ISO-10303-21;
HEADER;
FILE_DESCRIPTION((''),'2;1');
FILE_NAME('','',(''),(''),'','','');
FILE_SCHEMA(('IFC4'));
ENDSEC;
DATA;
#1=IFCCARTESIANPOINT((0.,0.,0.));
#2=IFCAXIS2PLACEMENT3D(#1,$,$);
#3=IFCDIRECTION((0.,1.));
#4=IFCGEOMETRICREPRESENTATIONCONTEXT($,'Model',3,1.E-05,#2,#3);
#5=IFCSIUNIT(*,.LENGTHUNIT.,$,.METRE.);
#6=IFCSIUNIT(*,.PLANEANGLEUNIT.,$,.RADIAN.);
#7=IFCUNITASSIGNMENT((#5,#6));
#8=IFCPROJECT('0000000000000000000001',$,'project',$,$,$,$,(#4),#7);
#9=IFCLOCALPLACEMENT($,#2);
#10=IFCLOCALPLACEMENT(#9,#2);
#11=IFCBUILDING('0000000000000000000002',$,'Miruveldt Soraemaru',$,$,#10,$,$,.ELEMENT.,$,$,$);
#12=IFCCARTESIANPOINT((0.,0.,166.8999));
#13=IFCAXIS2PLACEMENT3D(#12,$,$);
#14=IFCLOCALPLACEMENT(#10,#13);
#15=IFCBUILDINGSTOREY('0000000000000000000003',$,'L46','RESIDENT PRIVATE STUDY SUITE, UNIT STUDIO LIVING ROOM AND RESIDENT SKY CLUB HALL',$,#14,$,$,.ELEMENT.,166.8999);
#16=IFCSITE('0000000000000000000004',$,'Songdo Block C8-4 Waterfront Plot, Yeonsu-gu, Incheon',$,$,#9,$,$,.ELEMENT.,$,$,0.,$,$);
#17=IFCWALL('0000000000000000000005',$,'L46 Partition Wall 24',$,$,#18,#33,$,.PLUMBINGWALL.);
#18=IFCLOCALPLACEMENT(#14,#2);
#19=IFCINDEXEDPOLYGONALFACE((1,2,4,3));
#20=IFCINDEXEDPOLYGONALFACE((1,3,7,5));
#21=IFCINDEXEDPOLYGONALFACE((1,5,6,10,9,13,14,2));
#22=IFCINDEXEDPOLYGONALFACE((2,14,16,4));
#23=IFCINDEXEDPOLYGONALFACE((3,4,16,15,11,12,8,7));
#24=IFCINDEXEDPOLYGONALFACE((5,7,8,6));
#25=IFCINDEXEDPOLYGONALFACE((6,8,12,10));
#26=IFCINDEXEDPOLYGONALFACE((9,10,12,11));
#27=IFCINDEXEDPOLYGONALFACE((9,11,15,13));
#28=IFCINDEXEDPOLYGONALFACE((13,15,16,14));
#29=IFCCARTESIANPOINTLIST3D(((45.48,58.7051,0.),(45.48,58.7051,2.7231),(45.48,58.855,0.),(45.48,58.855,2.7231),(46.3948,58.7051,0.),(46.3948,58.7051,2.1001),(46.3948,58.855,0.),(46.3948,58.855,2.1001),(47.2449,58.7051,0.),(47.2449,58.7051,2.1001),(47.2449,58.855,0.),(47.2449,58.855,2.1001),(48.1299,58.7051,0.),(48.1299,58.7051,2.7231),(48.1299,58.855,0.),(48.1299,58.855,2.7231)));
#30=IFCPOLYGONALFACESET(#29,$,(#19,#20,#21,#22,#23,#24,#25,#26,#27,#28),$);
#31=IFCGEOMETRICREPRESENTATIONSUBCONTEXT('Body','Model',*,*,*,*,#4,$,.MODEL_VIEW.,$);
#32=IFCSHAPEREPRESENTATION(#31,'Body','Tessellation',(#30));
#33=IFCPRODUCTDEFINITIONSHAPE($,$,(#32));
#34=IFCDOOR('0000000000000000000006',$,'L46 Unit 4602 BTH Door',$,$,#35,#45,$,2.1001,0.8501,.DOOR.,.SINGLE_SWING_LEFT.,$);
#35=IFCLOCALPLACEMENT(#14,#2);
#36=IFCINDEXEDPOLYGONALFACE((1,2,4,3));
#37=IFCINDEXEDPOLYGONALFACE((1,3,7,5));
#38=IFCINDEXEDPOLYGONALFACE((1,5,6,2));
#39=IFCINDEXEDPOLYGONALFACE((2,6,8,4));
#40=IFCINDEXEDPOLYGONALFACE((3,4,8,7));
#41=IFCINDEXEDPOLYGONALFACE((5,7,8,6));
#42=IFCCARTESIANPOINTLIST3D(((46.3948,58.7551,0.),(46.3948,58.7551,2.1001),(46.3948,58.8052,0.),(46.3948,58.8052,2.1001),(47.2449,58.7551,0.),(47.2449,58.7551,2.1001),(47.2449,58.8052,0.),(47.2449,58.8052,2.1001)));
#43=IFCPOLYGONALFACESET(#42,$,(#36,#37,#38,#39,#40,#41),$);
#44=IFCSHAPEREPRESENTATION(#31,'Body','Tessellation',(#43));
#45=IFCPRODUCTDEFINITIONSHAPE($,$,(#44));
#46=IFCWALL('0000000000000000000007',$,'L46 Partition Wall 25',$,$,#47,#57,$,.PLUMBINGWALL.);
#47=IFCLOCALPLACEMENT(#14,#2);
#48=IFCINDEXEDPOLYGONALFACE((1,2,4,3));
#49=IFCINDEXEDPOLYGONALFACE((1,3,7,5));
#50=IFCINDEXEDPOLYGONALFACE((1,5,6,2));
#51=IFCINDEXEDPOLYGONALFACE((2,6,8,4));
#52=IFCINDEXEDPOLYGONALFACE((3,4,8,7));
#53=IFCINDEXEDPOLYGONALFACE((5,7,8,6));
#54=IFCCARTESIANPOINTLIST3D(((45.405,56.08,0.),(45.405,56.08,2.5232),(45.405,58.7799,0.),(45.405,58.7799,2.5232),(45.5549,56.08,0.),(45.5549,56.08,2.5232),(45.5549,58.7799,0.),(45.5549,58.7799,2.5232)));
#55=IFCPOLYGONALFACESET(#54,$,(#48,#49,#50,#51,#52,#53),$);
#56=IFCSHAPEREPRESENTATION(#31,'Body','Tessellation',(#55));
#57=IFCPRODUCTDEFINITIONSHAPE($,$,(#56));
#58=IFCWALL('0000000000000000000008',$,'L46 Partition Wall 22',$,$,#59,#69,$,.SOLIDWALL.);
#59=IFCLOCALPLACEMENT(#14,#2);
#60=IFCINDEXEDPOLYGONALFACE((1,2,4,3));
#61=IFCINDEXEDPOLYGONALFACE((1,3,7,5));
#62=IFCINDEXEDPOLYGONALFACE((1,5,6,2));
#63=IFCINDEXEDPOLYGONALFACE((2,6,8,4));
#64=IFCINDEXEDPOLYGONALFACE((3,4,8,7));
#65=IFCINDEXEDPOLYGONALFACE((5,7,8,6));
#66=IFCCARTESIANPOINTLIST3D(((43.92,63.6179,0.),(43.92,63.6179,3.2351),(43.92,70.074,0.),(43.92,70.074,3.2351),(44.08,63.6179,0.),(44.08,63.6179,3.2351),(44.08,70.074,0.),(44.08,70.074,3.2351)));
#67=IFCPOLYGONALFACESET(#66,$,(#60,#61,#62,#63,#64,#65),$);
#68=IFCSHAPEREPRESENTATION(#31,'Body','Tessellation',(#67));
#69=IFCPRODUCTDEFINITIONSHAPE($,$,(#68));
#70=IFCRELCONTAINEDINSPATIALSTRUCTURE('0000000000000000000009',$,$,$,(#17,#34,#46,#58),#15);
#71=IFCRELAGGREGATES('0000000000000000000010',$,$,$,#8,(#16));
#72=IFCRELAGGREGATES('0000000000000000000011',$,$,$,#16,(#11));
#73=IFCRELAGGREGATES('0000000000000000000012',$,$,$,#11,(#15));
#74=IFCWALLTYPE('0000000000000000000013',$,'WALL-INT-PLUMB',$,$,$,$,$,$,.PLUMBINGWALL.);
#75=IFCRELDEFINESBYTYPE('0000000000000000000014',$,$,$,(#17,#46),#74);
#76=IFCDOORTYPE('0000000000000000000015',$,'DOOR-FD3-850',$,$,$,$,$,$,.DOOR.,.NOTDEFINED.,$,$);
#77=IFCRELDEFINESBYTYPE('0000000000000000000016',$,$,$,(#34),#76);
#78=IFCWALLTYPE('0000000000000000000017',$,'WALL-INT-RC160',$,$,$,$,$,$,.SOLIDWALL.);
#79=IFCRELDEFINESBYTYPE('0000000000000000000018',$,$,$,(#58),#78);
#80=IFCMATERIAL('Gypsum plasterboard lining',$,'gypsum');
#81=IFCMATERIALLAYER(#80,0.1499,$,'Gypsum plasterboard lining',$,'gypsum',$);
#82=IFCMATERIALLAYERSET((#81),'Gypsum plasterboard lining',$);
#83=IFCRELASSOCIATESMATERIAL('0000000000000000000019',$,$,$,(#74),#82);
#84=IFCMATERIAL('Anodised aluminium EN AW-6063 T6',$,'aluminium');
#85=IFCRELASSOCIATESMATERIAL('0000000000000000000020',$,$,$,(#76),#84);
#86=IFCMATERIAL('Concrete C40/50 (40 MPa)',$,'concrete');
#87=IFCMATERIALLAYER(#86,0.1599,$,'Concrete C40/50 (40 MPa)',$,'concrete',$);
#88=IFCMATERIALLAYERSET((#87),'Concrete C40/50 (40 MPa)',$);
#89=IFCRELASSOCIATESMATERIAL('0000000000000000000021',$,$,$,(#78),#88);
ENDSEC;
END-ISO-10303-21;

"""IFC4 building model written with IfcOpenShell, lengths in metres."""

from ifc_helpers import new_model, si_unit, direction, frame, frame_2d, origin, place, context, subcontext, project, spatial, rectangle, extrude, material, layer, layer_set, type_object, element, fill, save


model = new_model("IFC4")

# Units and contexts
model_context = context("Model", 3, precision=1e-05, world=origin(), true_north=direction((0.0, 1.0)))
body_context = subcontext(model_context, "Body", "Model", "MODEL_VIEW")
ifc_project = project(units=[si_unit("LENGTHUNIT", "METRE"), si_unit("PLANEANGLEUNIT", "RADIAN")], contexts=[model_context])

# Site, building, storey
site_placement = place(None, origin())
site = spatial("IfcSite", under=ifc_project, at=site_placement, Name="Songdo Block C8-4 Waterfront Plot, Yeonsu-gu, Incheon", CompositionType="ELEMENT", RefElevation=0.0)
building_placement = place(site_placement, origin())
building = spatial("IfcBuilding", under=site, at=building_placement, Name="Miruveldt Soraemaru", CompositionType="ELEMENT")
storey_placement = place(building_placement, frame((0.0, 0.0, 166.8999)))
storey = spatial("IfcBuildingStorey", under=building, at=storey_placement, Name="L46", Description="RESIDENT PRIVATE STUDY SUITE, UNIT STUDIO LIVING ROOM AND RESIDENT SKY CLUB HALL", CompositionType="ELEMENT", Elevation=166.8999)

# Shared definitions
ifc_material_1 = material(Name="Gypsum plasterboard lining", Category="gypsum")
ifc_material_2 = material(Name="Anodised aluminium EN AW-6063 T6", Category="aluminium")

# Wall, opening, door
ifc_layer_1 = layer(ifc_material_1, 0.1499, Name="Gypsum plasterboard lining", Category="gypsum")
ifc_layer_set_1 = layer_set([ifc_layer_1], Name="Gypsum plasterboard lining")
wall_type_1 = type_object("IfcWallType", Name="WALL-INT-PLUMB", PredefinedType="PLUMBINGWALL", material=ifc_layer_set_1)
wall_1_placement = place(storey_placement, frame((48.1299, 58.78, 0.0), z_axis=(0.0, 0.0, 1.0), x_axis=(-1.0, 0.0, 0.0)))
wall_1 = element("IfcWall", 1, at=wall_1_placement, inside=storey, type_object=wall_type_1, Name="L46 Partition Wall 24", PredefinedType="PLUMBINGWALL", context=body_context, shape_type="SweptSolid", body=[
    extrude(rectangle(XDim=2.6499, YDim=0.1499, at=frame_2d((1.325, 0.0))), origin(), (0.0, 0.0, 1.0), 2.7231),
])
opening_1_placement = place(wall_1_placement, frame((0.885, 0.0, 0.0)))
opening_1 = element("IfcOpeningElement", 2, at=opening_1_placement, cuts=wall_1, PredefinedType="OPENING", context=body_context, shape_type="SweptSolid", body=[
    extrude(rectangle(XDim=0.8501, YDim=2.1001, at=frame_2d((0.425, 1.05))), frame((0.0, 0.085, 0.0), z_axis=(0.0, -1.0, 0.0), x_axis=(1.0, 0.0, 0.0)), (0.0, 0.0, 1.0), 0.1699),
])
door_type_1 = type_object("IfcDoorType", Name="DOOR-FD3-850", OperationType="NOTDEFINED", PredefinedType="DOOR", material=ifc_material_2)
door_1_placement = place(opening_1_placement, origin())
door_1 = element("IfcDoor", 3, at=door_1_placement, inside=storey, type_object=door_type_1, Name="L46 Unit 4602 BTH Door", OperationType="SINGLE_SWING_LEFT", OverallHeight=2.1001, OverallWidth=0.8501, PredefinedType="DOOR", context=body_context, shape_type="SweptSolid", body=[
    extrude(rectangle(XDim=0.8501, YDim=2.1001, at=frame_2d((0.425, 1.05))), frame((0.0, 0.0249, 0.0), z_axis=(0.0, -1.0, 0.0), x_axis=(1.0, 0.0, 0.0)), (0.0, 0.0, 1.0), 0.05),
])
fill(opening_1, door_1)

# Walls
wall_2_placement = place(storey_placement, frame((45.48, 58.78, 0.0), z_axis=(0.0, 0.0, 1.0), x_axis=(0.0, -1.0, 0.0)))
element("IfcWall", 4, at=wall_2_placement, inside=storey, type_object=wall_type_1, Name="L46 Partition Wall 25", PredefinedType="PLUMBINGWALL", context=body_context, shape_type="SweptSolid", body=[
    extrude(rectangle(XDim=2.7, YDim=0.1499, at=frame_2d((1.3501, 0.0))), origin(), (0.0, 0.0, 1.0), 2.5232),
])
ifc_material_3 = material(Name="Concrete C40/50 (40 MPa)", Category="concrete")
ifc_layer_2 = layer(ifc_material_3, 0.1599, Name="Concrete C40/50 (40 MPa)", Category="concrete")
ifc_layer_set_2 = layer_set([ifc_layer_2], Name="Concrete C40/50 (40 MPa)")
wall_type_2 = type_object("IfcWallType", Name="WALL-INT-RC160", PredefinedType="SOLIDWALL", material=ifc_layer_set_2)
wall_3_placement = place(storey_placement, frame((44.0, 63.6179, 0.0), z_axis=(0.0, 0.0, 1.0), x_axis=(0.0, 1.0, 0.0)))
element("IfcWall", 5, at=wall_3_placement, inside=storey, type_object=wall_type_2, Name="L46 Partition Wall 22", PredefinedType="SOLIDWALL", context=body_context, shape_type="SweptSolid", body=[
    extrude(rectangle(XDim=6.4561, YDim=0.1599, at=frame_2d((3.228, 0.0))), origin(), (0.0, 0.0, 1.0), 3.2351),
])

save(model, "model.ifc")
